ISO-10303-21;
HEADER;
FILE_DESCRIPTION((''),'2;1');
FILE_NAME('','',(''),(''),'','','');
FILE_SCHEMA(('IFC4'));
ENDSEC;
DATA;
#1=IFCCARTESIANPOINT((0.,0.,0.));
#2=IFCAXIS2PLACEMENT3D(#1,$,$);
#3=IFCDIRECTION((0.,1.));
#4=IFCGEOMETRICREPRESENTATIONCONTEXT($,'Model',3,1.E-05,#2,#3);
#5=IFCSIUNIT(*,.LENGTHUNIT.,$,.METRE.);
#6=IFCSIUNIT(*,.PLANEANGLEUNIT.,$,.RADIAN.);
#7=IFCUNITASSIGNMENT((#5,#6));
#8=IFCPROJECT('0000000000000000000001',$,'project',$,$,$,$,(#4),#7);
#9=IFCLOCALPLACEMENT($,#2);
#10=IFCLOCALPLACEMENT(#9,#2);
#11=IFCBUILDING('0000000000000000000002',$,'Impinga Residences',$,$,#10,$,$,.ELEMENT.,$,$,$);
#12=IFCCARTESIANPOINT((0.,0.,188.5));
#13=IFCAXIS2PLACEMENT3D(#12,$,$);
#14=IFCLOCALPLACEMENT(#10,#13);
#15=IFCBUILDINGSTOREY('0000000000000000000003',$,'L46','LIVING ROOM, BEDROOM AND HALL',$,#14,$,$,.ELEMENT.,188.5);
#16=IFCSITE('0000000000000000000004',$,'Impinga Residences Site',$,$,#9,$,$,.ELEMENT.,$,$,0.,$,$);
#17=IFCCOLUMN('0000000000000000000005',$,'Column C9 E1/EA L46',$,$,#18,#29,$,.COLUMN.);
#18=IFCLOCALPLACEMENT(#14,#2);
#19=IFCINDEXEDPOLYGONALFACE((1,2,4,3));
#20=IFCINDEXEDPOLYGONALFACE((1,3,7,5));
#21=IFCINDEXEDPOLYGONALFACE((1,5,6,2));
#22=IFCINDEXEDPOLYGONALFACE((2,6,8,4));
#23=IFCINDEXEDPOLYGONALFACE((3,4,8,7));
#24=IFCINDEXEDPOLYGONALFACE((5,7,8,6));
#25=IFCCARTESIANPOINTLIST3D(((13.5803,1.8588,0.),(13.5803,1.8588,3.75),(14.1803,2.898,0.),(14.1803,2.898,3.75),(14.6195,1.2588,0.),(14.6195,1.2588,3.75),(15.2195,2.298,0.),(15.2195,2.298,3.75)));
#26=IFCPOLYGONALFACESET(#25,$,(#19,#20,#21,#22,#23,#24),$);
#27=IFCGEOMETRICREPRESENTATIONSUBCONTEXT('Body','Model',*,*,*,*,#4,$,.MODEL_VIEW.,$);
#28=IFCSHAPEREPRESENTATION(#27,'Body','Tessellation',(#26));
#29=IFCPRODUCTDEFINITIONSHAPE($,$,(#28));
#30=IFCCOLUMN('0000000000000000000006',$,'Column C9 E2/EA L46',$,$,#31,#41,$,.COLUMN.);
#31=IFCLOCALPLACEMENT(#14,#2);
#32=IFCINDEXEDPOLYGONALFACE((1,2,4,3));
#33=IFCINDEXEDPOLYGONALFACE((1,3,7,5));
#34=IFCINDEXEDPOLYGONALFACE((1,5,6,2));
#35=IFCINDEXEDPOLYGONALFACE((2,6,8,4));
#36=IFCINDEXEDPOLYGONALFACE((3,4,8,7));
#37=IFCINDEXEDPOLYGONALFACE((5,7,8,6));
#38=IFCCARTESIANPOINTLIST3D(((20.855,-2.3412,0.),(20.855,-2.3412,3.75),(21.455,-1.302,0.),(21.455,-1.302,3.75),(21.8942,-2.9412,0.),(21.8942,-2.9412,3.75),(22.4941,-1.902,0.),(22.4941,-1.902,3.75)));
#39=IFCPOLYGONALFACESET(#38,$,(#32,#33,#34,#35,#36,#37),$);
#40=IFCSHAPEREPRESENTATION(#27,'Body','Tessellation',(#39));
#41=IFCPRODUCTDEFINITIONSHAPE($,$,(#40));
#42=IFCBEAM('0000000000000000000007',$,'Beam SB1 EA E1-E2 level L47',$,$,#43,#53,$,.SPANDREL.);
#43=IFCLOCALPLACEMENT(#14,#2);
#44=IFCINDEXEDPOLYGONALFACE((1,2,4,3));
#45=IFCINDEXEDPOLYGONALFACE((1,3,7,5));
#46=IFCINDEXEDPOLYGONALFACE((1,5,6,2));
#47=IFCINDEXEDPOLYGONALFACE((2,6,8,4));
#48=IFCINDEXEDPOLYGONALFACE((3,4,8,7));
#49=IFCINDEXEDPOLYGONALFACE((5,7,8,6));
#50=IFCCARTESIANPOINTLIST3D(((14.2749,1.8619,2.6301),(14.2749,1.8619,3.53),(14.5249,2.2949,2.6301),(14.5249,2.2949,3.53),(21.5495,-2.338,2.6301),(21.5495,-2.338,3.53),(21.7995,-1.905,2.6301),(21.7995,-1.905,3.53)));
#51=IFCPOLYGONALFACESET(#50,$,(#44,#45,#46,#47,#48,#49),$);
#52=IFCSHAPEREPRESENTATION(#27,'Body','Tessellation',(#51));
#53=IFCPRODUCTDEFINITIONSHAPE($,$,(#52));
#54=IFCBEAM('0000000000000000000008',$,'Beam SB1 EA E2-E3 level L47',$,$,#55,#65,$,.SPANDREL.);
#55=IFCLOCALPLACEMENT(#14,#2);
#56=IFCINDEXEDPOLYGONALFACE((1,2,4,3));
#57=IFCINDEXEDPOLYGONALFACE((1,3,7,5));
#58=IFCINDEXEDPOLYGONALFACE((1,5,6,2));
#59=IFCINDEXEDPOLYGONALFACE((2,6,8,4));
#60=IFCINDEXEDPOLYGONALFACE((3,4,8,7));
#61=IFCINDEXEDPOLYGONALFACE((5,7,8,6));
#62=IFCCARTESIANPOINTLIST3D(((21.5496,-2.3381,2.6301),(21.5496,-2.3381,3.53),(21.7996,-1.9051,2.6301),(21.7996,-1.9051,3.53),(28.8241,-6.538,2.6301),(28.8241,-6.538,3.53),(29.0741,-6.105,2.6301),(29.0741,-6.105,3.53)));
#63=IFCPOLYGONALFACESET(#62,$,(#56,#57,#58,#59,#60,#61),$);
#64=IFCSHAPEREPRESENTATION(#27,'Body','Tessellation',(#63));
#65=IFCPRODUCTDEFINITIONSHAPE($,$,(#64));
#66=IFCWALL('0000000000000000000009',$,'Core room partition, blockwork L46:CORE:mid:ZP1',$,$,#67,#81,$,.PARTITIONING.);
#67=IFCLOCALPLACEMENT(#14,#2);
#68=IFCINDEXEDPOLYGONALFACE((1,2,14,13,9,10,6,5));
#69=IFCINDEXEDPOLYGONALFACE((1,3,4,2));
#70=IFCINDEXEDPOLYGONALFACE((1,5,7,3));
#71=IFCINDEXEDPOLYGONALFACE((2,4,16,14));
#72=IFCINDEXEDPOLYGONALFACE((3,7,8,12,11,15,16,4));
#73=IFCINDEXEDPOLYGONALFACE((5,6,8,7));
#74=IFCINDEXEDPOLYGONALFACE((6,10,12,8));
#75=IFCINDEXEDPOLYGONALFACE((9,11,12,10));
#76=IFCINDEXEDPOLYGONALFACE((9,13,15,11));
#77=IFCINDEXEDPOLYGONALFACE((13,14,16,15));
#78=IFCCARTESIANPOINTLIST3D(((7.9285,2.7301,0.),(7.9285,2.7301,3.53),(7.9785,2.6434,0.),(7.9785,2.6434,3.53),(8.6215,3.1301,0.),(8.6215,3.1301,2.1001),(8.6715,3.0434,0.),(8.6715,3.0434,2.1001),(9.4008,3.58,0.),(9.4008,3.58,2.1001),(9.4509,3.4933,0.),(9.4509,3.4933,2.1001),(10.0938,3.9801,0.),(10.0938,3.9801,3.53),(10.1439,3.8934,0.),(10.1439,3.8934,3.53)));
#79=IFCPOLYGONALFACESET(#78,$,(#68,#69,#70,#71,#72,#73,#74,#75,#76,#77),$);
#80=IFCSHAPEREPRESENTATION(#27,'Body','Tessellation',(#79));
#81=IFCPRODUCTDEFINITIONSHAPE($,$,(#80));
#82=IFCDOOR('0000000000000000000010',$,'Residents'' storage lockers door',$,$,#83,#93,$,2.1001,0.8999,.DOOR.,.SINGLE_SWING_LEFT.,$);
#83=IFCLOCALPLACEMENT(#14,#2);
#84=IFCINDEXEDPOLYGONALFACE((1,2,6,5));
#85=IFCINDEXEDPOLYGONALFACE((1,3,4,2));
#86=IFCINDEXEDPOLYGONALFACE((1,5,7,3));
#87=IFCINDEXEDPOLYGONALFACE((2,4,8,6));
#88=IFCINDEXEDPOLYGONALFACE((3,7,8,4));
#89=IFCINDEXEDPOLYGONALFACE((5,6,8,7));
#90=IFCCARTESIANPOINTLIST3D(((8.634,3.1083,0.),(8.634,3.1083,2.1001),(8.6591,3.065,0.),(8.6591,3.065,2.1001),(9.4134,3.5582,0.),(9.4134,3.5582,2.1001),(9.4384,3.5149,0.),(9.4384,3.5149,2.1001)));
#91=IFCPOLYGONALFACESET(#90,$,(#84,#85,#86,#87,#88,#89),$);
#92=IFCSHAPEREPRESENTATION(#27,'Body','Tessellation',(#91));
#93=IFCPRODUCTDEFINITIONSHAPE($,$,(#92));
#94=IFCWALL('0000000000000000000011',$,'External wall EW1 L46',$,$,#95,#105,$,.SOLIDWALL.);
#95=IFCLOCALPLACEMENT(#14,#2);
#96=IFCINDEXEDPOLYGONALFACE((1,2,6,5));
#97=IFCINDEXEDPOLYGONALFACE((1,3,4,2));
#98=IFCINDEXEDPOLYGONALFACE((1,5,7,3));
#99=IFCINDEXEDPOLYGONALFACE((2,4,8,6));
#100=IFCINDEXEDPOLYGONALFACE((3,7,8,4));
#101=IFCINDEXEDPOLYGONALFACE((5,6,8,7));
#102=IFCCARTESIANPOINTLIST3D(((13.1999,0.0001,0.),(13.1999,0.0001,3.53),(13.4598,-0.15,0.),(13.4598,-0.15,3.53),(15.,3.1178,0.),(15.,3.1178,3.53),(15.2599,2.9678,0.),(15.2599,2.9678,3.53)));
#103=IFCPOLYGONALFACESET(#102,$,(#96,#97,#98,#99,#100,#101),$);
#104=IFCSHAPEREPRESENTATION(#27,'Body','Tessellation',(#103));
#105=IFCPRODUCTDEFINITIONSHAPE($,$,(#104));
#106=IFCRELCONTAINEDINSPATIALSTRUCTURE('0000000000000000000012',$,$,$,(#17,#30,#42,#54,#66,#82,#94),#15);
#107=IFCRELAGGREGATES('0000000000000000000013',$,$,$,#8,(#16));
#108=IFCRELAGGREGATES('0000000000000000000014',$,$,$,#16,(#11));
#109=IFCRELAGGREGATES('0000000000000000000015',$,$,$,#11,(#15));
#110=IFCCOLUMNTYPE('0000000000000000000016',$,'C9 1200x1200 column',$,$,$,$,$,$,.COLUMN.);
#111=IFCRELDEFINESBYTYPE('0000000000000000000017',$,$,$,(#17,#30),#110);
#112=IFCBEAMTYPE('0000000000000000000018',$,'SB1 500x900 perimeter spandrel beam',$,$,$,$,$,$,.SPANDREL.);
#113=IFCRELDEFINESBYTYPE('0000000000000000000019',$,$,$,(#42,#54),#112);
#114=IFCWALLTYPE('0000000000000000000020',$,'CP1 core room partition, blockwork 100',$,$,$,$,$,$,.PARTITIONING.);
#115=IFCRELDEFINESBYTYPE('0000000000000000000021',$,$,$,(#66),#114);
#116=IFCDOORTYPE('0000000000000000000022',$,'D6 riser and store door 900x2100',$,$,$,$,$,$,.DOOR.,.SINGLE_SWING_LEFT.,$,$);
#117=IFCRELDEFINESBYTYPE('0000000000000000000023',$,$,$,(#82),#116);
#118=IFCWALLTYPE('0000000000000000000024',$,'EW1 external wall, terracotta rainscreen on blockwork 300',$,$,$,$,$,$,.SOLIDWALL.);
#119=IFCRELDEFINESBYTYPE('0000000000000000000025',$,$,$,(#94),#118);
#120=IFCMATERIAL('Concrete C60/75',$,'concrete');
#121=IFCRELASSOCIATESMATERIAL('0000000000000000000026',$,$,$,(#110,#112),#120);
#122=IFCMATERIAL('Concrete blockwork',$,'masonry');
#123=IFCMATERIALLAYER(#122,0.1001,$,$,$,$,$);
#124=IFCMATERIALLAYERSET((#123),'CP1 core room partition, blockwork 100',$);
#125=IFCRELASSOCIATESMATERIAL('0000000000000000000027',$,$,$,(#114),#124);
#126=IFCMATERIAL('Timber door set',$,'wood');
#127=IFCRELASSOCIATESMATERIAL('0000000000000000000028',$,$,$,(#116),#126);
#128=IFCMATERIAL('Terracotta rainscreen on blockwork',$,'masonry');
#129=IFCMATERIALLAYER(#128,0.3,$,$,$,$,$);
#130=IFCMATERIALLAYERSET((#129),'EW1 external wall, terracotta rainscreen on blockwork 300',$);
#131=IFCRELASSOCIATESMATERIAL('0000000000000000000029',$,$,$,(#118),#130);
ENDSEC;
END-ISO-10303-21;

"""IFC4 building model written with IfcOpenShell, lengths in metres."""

from ifc_helpers import new_model, si_unit, direction, frame, frame_2d, origin, origin_2d, place, context, subcontext, project, spatial, rectangle, extrude, material, layer, layer_set, material_profile, profile_set, type_object, element, fill, save


model = new_model("IFC4")

# Units and contexts
model_context = context("Model", 3, precision=1e-05, world=origin(), true_north=direction((0.0, 1.0)))
body_context = subcontext(model_context, "Body", "Model", "MODEL_VIEW")
ifc_project = project(units=[si_unit("LENGTHUNIT", "METRE"), si_unit("PLANEANGLEUNIT", "RADIAN")], contexts=[model_context])

# Site, building, storey
site_placement = place(None, origin())
site = spatial("IfcSite", under=ifc_project, at=site_placement, Name="Impinga Residences Site", CompositionType="ELEMENT", RefElevation=0.0)
building_placement = place(site_placement, origin())
building = spatial("IfcBuilding", under=site, at=building_placement, Name="Impinga Residences", CompositionType="ELEMENT")
storey_placement = place(building_placement, frame((0.0, 0.0, 188.5)))
storey = spatial("IfcBuildingStorey", under=building, at=storey_placement, Name="L46", Description="LIVING ROOM, BEDROOM AND HALL", CompositionType="ELEMENT", Elevation=188.5)

# Columns
ifc_material_1 = material(Name="Concrete C60/75", Category="concrete")
ifc_material_profile_1 = material_profile(ifc_material_1, rectangle(XDim=1.2, YDim=1.2, at=origin_2d()), Name="RC 1200x1200")
ifc_profile_set_1 = profile_set([ifc_material_profile_1], Name="Concrete C60/75")
column_type = type_object("IfcColumnType", Name="C9 1200x1200 column", PredefinedType="COLUMN", material=ifc_profile_set_1)
for number, where, z_axis, x_axis, name in (
    (1, (14.3999, 2.0784, 0.0), (0.0, 0.0, 1.0), (-0.5, -0.866025, 0.0), "Column C9 E1/EA L46"),
    (2, (21.6746, -2.1216, 0.0), (0.0, 0.0, 1.0), (-0.5, -0.866025, 0.0), "Column C9 E2/EA L46"),
):
    element("IfcColumn", number, at=place(storey_placement, frame(where, z_axis=z_axis, x_axis=x_axis)), inside=storey, type_object=column_type, Name=name, PredefinedType="COLUMN", context=body_context, shape_type="SweptSolid", body=[
        extrude(rectangle(XDim=1.2, YDim=1.2, at=origin_2d()), origin(), (0.0, 0.0, 1.0), 3.75),
    ])

# Beams
ifc_material_profile_2 = material_profile(ifc_material_1, rectangle(XDim=0.5, YDim=0.8999, at=origin_2d()), Name="RC 500x900")
ifc_profile_set_2 = profile_set([ifc_material_profile_2], Name="Concrete C60/75")
beam_type = type_object("IfcBeamType", Name="SB1 500x900 perimeter spandrel beam", PredefinedType="SPANDREL", material=ifc_profile_set_2)
for number, where, z_axis, x_axis, name in (
    (3, (14.3999, 2.0784, 3.0801), (0.866029, -0.499993, 0.0), (0.499993, 0.866029, 0.0), "Beam SB1 EA E1-E2 level L47"),
    (4, (21.6746, -2.1216, 3.0801), (0.866029, -0.499993, 0.0), (0.499993, 0.866029, 0.0), "Beam SB1 EA E2-E3 level L47"),
):
    element("IfcBeam", number, at=place(storey_placement, frame(where, z_axis=z_axis, x_axis=x_axis)), inside=storey, type_object=beam_type, Name=name, PredefinedType="SPANDREL", context=body_context, shape_type="SweptSolid", body=[
        extrude(rectangle(XDim=0.5, YDim=0.8999, at=origin_2d()), origin(), (0.0, 0.0, 1.0), 8.3999),
    ])

# Wall, opening, door
ifc_material_2 = material(Name="Concrete blockwork", Category="masonry")
ifc_layer_1 = layer(ifc_material_2, 0.1001)
ifc_layer_set_1 = layer_set([ifc_layer_1], Name="CP1 core room partition, blockwork 100")
wall_type_1 = type_object("IfcWallType", Name="CP1 core room partition, blockwork 100", PredefinedType="PARTITIONING", material=ifc_layer_set_1)
wall_1_placement = place(storey_placement, frame((7.9536, 2.6868, 0.0), z_axis=(0.0, 0.0, 1.0), x_axis=(0.866047, 0.499962, 0.0)))
wall_1 = element("IfcWall", 5, at=wall_1_placement, inside=storey, type_object=wall_type_1, Name="Core room partition, blockwork L46:CORE:mid:ZP1", PredefinedType="PARTITIONING", context=body_context, shape_type="SweptSolid", body=[
    extrude(rectangle(XDim=2.5002, YDim=0.1001, at=frame_2d((1.25, 0.0))), origin(), (0.0, 0.0, 1.0), 3.53),
])
opening_1_placement = place(wall_1_placement, frame((0.8, 0.0, 0.0)))
opening_1 = element("IfcOpeningElement", 6, at=opening_1_placement, cuts=wall_1, PredefinedType="OPENING", context=body_context, shape_type="SweptSolid", body=[
    extrude(rectangle(XDim=0.8999, YDim=2.1001, at=frame_2d((0.45, 1.05))), frame((0.0, 0.0601, 0.0), z_axis=(0.0, -1.0, 0.0), x_axis=(1.0, 0.0, 0.0)), (0.0, 0.0, 1.0), 0.1201),
])
ifc_material_3 = material(Name="Timber door set", Category="wood")
door_type_1 = type_object("IfcDoorType", Name="D6 riser and store door 900x2100", OperationType="SINGLE_SWING_LEFT", PredefinedType="DOOR", material=ifc_material_3)
door_1_placement = place(opening_1_placement, origin())
door_1 = element("IfcDoor", 7, at=door_1_placement, inside=storey, type_object=door_type_1, Name="Residents' storage lockers door", OperationType="SINGLE_SWING_LEFT", OverallHeight=2.1001, OverallWidth=0.8999, PredefinedType="DOOR", context=body_context, shape_type="SweptSolid", body=[
    extrude(rectangle(XDim=0.8999, YDim=2.1001, at=frame_2d((0.45, 1.05))), frame((0.0, 0.0249, 0.0), z_axis=(0.0, -1.0, 0.0), x_axis=(1.0, 0.0, 0.0)), (0.0, 0.0, 1.0), 0.05),
])
fill(opening_1, door_1)

# Wall
ifc_material_4 = material(Name="Terracotta rainscreen on blockwork", Category="masonry")
ifc_layer_2 = layer(ifc_material_4, 0.3)
ifc_layer_set_2 = layer_set([ifc_layer_2], Name="EW1 external wall, terracotta rainscreen on blockwork 300")
wall_type_2 = type_object("IfcWallType", Name="EW1 external wall, terracotta rainscreen on blockwork 300", PredefinedType="SOLIDWALL", material=ifc_layer_set_2)
wall_2_placement = place(storey_placement, frame((13.3298, -0.075, 0.0), z_axis=(0.0, 0.0, 1.0), x_axis=(0.500012, 0.866018, 0.0)))
element("IfcWall", 8, at=wall_2_placement, inside=storey, type_object=wall_type_2, Name="External wall EW1 L46", PredefinedType="SOLIDWALL", context=body_context, shape_type="SweptSolid", body=[
    extrude(rectangle(XDim=3.6001, YDim=0.3, at=frame_2d((1.8, 0.0))), origin(), (0.0, 0.0, 1.0), 3.53),
])

save(model, "model.ifc")
